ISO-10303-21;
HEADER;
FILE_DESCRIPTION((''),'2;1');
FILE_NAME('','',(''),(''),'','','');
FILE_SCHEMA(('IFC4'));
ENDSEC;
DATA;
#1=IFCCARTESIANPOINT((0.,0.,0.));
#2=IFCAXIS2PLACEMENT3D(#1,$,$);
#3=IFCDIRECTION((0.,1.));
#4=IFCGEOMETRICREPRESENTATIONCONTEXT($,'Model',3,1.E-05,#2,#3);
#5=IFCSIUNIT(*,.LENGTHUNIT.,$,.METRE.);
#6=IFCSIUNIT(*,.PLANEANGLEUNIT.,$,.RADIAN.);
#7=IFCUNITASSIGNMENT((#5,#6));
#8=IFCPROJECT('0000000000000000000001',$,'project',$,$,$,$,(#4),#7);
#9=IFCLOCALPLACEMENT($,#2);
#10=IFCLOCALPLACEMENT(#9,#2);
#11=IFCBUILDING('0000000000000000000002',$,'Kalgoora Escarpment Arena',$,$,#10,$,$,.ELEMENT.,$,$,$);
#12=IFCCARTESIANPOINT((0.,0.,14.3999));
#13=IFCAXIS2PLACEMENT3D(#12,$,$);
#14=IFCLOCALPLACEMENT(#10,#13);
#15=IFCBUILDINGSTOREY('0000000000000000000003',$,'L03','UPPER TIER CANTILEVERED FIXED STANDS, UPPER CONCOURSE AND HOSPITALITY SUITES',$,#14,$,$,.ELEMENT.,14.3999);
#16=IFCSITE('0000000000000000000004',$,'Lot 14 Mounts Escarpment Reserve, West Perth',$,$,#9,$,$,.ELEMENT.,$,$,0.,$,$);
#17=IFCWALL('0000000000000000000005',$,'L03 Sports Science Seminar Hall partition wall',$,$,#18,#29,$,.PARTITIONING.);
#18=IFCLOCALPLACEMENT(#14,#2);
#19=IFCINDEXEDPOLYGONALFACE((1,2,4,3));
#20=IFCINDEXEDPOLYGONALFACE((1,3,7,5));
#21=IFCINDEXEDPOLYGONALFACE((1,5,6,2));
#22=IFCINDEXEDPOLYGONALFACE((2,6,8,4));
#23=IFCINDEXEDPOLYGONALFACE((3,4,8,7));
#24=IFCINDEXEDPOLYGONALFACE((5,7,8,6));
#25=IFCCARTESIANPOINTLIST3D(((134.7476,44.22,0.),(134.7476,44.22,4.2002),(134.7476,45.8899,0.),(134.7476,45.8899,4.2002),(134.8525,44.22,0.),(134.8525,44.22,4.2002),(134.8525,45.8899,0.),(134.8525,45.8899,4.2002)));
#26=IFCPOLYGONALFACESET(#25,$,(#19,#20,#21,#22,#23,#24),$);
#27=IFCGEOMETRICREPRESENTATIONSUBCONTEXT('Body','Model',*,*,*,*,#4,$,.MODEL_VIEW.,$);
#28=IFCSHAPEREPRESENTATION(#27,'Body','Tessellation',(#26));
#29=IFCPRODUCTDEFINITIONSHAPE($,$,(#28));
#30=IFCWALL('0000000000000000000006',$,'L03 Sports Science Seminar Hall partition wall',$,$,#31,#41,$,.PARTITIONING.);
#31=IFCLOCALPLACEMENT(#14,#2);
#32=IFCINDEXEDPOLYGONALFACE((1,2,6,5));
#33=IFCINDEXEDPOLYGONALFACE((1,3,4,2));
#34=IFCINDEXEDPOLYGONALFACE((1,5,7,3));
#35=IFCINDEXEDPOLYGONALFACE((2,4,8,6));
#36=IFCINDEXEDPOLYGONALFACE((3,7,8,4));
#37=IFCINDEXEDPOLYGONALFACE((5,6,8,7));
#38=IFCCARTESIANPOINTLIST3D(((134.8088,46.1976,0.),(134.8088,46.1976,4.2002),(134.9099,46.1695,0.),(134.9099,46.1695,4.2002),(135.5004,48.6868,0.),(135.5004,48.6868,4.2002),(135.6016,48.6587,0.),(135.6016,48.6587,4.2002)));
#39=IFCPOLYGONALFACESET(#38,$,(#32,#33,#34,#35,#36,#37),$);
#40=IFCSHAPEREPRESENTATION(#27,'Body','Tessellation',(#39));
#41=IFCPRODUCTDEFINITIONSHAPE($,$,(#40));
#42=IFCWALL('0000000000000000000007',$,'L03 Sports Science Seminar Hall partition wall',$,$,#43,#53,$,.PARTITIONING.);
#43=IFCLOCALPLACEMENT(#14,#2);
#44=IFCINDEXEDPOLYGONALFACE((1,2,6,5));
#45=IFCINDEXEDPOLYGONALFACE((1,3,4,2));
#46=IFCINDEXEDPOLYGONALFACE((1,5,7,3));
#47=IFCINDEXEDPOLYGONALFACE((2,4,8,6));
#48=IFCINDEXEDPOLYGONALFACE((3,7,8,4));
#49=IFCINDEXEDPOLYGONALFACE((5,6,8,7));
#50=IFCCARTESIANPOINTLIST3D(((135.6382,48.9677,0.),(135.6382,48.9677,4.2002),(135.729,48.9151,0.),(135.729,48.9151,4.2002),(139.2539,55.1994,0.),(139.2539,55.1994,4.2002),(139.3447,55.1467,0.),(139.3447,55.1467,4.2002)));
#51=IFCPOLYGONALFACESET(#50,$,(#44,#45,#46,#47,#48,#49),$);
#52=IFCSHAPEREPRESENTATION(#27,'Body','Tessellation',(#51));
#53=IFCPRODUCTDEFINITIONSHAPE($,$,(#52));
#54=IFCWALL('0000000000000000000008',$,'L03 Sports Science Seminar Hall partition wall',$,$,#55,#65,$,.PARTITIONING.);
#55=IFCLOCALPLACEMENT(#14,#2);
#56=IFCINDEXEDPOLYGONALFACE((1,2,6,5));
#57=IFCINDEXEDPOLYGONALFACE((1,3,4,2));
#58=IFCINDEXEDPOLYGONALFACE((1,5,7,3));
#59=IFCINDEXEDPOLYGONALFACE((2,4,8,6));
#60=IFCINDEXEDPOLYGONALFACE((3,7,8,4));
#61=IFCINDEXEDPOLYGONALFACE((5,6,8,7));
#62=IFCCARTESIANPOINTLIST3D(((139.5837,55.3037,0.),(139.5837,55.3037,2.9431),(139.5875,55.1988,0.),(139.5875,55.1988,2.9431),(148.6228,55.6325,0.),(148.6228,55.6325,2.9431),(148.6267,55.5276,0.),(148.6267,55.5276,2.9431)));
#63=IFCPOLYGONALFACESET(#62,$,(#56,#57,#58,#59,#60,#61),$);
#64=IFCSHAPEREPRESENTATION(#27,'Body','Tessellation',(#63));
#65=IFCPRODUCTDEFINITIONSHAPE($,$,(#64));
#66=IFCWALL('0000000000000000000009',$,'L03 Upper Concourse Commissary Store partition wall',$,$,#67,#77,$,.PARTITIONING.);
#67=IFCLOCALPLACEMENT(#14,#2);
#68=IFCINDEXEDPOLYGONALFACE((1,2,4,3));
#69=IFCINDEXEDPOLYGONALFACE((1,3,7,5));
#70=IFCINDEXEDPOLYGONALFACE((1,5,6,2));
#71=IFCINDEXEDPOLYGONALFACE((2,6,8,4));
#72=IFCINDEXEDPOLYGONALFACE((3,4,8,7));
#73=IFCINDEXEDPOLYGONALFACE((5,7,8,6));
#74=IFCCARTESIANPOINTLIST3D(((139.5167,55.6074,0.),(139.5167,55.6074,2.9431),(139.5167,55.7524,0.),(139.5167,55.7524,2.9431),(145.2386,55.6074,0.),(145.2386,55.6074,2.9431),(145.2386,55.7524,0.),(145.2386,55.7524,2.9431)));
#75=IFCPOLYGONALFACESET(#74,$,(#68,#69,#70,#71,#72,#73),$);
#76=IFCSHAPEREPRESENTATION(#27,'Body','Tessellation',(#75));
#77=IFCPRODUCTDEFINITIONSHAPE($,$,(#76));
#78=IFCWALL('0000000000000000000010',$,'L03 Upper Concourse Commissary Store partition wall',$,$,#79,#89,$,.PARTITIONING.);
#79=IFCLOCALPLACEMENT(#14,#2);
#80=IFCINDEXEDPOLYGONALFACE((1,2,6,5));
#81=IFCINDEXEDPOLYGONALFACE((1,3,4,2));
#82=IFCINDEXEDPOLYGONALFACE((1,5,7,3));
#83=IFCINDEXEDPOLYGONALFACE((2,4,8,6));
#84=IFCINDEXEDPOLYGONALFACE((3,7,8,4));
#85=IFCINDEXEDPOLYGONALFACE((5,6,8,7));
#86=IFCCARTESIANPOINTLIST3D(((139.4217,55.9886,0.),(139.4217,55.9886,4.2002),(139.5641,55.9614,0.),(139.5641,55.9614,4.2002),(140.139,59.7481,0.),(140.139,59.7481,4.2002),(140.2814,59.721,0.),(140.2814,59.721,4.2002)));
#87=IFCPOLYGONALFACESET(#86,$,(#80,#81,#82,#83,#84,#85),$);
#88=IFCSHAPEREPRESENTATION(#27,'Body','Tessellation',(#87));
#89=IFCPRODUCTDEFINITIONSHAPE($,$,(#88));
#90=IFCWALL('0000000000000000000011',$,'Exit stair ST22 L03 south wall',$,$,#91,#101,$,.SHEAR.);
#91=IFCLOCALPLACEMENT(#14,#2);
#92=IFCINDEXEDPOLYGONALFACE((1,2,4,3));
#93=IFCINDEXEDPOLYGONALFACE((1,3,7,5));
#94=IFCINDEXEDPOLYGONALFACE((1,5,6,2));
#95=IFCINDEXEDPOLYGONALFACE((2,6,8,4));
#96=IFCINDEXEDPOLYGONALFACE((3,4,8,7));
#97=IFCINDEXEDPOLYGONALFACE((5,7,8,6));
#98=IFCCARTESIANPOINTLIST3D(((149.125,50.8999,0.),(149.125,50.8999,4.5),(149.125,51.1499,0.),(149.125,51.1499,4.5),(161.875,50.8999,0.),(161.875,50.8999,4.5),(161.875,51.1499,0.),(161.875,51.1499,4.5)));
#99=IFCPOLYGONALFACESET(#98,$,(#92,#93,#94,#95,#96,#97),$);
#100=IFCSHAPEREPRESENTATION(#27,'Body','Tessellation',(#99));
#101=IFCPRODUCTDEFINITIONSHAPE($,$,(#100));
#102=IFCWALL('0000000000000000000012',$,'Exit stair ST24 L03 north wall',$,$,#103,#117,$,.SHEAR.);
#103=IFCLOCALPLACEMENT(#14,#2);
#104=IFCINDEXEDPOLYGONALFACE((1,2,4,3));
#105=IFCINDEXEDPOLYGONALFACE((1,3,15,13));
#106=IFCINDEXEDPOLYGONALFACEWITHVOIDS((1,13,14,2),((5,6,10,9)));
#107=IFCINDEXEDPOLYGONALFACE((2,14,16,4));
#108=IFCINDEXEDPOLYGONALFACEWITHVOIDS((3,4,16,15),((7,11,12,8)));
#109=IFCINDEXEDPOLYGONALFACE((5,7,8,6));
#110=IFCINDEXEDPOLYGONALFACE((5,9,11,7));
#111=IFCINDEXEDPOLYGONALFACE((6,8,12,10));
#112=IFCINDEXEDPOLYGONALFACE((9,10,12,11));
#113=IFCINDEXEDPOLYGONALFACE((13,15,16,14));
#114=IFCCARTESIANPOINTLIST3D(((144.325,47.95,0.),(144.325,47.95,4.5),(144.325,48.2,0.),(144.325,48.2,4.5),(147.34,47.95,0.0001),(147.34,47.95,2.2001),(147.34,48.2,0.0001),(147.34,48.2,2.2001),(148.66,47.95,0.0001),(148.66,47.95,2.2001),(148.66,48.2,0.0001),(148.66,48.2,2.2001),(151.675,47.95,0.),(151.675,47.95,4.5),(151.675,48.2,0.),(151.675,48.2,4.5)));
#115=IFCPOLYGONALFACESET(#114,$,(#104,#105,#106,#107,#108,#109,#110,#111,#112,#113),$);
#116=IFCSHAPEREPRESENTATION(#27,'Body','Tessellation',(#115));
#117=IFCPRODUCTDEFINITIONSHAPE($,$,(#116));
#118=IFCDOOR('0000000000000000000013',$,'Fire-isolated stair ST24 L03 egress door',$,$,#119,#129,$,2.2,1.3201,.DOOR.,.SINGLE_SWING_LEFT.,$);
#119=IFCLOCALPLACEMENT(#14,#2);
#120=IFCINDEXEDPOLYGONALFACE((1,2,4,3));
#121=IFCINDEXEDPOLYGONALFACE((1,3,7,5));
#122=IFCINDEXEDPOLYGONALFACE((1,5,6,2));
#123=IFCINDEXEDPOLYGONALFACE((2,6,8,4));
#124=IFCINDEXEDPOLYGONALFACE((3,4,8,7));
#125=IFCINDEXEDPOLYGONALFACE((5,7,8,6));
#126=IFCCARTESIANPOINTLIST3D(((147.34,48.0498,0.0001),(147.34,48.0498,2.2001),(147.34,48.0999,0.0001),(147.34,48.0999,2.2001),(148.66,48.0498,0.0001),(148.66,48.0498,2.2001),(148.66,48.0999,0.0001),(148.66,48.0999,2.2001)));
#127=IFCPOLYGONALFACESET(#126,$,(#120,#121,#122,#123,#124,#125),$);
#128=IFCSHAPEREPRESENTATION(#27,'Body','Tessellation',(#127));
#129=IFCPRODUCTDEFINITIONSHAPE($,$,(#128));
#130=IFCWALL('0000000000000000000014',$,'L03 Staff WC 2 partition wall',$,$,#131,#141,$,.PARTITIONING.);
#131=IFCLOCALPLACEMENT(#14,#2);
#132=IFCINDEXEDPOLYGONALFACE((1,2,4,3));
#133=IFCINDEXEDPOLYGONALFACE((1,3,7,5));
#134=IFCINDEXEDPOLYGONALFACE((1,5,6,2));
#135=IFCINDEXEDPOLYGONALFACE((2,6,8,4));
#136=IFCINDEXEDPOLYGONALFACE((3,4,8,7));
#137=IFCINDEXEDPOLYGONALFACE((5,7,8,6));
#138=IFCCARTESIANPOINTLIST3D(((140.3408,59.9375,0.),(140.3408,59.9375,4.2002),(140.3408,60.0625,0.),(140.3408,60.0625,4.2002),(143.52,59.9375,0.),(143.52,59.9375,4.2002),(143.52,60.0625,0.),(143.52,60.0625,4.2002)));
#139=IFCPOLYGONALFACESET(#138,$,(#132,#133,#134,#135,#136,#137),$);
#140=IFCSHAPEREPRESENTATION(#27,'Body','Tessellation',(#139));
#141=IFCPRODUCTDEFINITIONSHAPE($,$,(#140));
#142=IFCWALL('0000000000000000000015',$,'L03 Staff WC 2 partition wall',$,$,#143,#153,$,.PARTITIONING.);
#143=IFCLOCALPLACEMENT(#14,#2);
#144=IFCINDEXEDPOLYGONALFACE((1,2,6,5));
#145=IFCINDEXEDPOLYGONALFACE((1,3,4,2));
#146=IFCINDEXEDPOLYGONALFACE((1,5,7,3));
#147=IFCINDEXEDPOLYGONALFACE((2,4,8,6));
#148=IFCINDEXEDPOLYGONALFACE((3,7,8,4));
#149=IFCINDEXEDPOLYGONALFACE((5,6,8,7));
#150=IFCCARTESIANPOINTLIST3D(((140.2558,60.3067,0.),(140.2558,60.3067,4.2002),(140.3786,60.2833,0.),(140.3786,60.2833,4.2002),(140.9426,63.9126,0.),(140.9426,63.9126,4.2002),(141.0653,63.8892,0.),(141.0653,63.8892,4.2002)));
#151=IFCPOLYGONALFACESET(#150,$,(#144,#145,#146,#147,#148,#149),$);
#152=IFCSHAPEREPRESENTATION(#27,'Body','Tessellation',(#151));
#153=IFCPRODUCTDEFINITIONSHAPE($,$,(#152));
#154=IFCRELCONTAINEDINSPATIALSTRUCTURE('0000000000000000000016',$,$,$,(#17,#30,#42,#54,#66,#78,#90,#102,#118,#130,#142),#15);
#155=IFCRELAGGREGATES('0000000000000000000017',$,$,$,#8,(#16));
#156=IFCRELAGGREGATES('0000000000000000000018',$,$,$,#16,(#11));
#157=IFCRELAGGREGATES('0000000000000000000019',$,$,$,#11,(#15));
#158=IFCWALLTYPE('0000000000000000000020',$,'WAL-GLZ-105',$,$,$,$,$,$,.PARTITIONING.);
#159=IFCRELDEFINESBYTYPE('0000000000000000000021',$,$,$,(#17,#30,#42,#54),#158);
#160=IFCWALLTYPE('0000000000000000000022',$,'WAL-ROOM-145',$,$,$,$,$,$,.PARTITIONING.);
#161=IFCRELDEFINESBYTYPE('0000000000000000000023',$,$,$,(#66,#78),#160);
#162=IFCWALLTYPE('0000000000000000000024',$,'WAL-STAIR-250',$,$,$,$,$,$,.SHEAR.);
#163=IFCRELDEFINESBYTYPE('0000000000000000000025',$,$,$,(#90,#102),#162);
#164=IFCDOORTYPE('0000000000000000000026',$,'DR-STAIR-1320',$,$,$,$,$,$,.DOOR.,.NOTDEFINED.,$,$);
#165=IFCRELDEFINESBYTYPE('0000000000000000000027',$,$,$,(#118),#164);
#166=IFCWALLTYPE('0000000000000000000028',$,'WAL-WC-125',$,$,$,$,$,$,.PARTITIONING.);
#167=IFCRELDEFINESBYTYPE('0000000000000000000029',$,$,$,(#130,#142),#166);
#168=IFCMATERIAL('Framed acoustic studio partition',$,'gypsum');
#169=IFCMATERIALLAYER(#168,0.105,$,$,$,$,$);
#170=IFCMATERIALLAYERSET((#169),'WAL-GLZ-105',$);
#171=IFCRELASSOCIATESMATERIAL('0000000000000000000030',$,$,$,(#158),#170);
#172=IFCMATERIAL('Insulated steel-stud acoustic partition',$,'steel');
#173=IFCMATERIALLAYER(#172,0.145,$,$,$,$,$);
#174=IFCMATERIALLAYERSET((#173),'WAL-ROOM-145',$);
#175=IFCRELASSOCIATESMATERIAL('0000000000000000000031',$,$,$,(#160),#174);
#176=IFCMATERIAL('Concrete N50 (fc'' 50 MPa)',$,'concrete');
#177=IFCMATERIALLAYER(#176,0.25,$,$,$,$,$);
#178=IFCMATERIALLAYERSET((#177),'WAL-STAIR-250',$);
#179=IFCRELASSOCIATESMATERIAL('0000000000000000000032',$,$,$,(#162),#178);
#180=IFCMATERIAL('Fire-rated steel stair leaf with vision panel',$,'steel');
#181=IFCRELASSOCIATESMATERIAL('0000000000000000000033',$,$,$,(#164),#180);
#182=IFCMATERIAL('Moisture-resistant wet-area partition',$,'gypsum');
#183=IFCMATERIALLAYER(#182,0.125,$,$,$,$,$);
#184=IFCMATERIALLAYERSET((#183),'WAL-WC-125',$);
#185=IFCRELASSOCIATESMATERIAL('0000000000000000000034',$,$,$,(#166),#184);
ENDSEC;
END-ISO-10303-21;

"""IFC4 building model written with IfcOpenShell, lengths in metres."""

from ifc_helpers import new_model, si_unit, direction, frame, frame_2d, origin, place, context, subcontext, project, spatial, rectangle, extrude, material, layer, layer_set, type_object, element, fill, save


model = new_model("IFC4")

# Units and contexts
model_context = context("Model", 3, precision=1e-05, world=origin(), true_north=direction((0.0, 1.0)))
body_context = subcontext(model_context, "Body", "Model", "MODEL_VIEW")
ifc_project = project(units=[si_unit("LENGTHUNIT", "METRE"), si_unit("PLANEANGLEUNIT", "RADIAN")], contexts=[model_context])

# Site, building, storey
site_placement = place(None, origin())
site = spatial("IfcSite", under=ifc_project, at=site_placement, Name="Lot 14 Mounts Escarpment Reserve, West Perth", CompositionType="ELEMENT", RefElevation=0.0)
building_placement = place(site_placement, origin())
building = spatial("IfcBuilding", under=site, at=building_placement, Name="Kalgoora Escarpment Arena", CompositionType="ELEMENT")
storey_placement = place(building_placement, frame((0.0, 0.0, 14.3999)))
storey = spatial("IfcBuildingStorey", under=building, at=storey_placement, Name="L03", Description="UPPER TIER CANTILEVERED FIXED STANDS, UPPER CONCOURSE AND HOSPITALITY SUITES", CompositionType="ELEMENT", Elevation=14.3999)

# Walls
ifc_material_1 = material(Name="Framed acoustic studio partition", Category="gypsum")
ifc_layer_1 = layer(ifc_material_1, 0.105)
ifc_layer_set_1 = layer_set([ifc_layer_1], Name="WAL-GLZ-105")
wall_type_1 = type_object("IfcWallType", Name="WAL-GLZ-105", PredefinedType="PARTITIONING", material=ifc_layer_set_1)
wall_1_placement = place(storey_placement, frame((134.8, 44.22, 0.0), z_axis=(0.0, 0.0, 1.0), x_axis=(0.0, 1.0, 0.0)))
element("IfcWall", 1, at=wall_1_placement, inside=storey, type_object=wall_type_1, Name="L03 Sports Science Seminar Hall partition wall", PredefinedType="PARTITIONING", context=body_context, shape_type="SweptSolid", body=[
    extrude(rectangle(XDim=1.6699, YDim=0.105, at=frame_2d((0.835, 0.0))), origin(), (0.0, 0.0, 1.0), 4.2002),
])
wall_2_placement = place(storey_placement, frame((134.8594, 46.1836, 0.0), z_axis=(0.0, 0.0, 1.0), x_axis=(0.267712, 0.963499, 0.0)))
element("IfcWall", 2, at=wall_2_placement, inside=storey, type_object=wall_type_1, Name="L03 Sports Science Seminar Hall partition wall", PredefinedType="PARTITIONING", context=body_context, shape_type="SweptSolid", body=[
    extrude(rectangle(XDim=2.5835, YDim=0.105, at=frame_2d((1.2917, 0.0))), origin(), (0.0, 0.0, 1.0), 4.2002),
])
wall_3_placement = place(storey_placement, frame((135.6836, 48.9414, 0.0), z_axis=(0.0, 0.0, 1.0), x_axis=(0.501858, 0.86495, 0.0)))
element("IfcWall", 3, at=wall_3_placement, inside=storey, type_object=wall_type_1, Name="L03 Sports Science Seminar Hall partition wall", PredefinedType="PARTITIONING", context=body_context, shape_type="SweptSolid", body=[
    extrude(rectangle(XDim=7.2046, YDim=0.105, at=frame_2d((3.6023, 0.0))), origin(), (0.0, 0.0, 1.0), 4.2002),
])
wall_4_placement = place(storey_placement, frame((139.5857, 55.2512, 0.0), z_axis=(0.0, 0.0, 1.0), x_axis=(0.999339, 0.036357, 0.0)))
element("IfcWall", 4, at=wall_4_placement, inside=storey, type_object=wall_type_1, Name="L03 Sports Science Seminar Hall partition wall", PredefinedType="PARTITIONING", context=body_context, shape_type="SweptSolid", body=[
    extrude(rectangle(XDim=9.0452, YDim=0.105, at=frame_2d((4.5225, 0.0))), origin(), (0.0, 0.0, 1.0), 2.9431),
])
ifc_material_2 = material(Name="Insulated steel-stud acoustic partition", Category="steel")
ifc_layer_2 = layer(ifc_material_2, 0.145)
ifc_layer_set_2 = layer_set([ifc_layer_2], Name="WAL-ROOM-145")
wall_type_2 = type_object("IfcWallType", Name="WAL-ROOM-145", PredefinedType="PARTITIONING", material=ifc_layer_set_2)
wall_5_placement = place(storey_placement, frame((145.2385, 55.6799, 0.0), z_axis=(0.0, 0.0, 1.0), x_axis=(-1.0, 0.0, 0.0)))
element("IfcWall", 5, at=wall_5_placement, inside=storey, type_object=wall_type_2, Name="L03 Upper Concourse Commissary Store partition wall", PredefinedType="PARTITIONING", context=body_context, shape_type="SweptSolid", body=[
    extrude(rectangle(XDim=5.7219, YDim=0.145, at=frame_2d((2.8608, 0.0))), origin(), (0.0, 0.0, 1.0), 2.9431),
])
wall_6_placement = place(storey_placement, frame((139.4929, 55.9751, 0.0), z_axis=(0.0, 0.0, 1.0), x_axis=(0.187411, 0.982282, 0.0)))
element("IfcWall", 6, at=wall_6_placement, inside=storey, type_object=wall_type_2, Name="L03 Upper Concourse Commissary Store partition wall", PredefinedType="PARTITIONING", context=body_context, shape_type="SweptSolid", body=[
    extrude(rectangle(XDim=3.8274, YDim=0.145, at=frame_2d((1.9136, 0.0))), origin(), (0.0, 0.0, 1.0), 4.2002),
])
ifc_material_3 = material(Name="Concrete N50 (fc' 50 MPa)", Category="concrete")
ifc_layer_3 = layer(ifc_material_3, 0.25)
ifc_layer_set_3 = layer_set([ifc_layer_3], Name="WAL-STAIR-250")
wall_type_3 = type_object("IfcWallType", Name="WAL-STAIR-250", PredefinedType="SHEAR", material=ifc_layer_set_3)
wall_7_placement = place(storey_placement, frame((149.125, 51.0249, 0.0), z_axis=(0.0, 0.0, 1.0), x_axis=(1.0, 0.0, 0.0)))
element("IfcWall", 7, at=wall_7_placement, inside=storey, type_object=wall_type_3, Name="Exit stair ST22 L03 south wall", PredefinedType="SHEAR", context=body_context, shape_type="SweptSolid", body=[
    extrude(rectangle(XDim=12.75, YDim=0.25, at=frame_2d((6.375, 0.0))), origin(), (0.0, 0.0, 1.0), 4.5),
])

# Wall, opening, door
wall_8_placement = place(storey_placement, frame((144.325, 48.075, 0.0), z_axis=(0.0, 0.0, 1.0), x_axis=(1.0, 0.0, 0.0)))
wall_8 = element("IfcWall", 8, at=wall_8_placement, inside=storey, type_object=wall_type_3, Name="Exit stair ST24 L03 north wall", PredefinedType="SHEAR", context=body_context, shape_type="SweptSolid", body=[
    extrude(rectangle(XDim=7.3501, YDim=0.25, at=frame_2d((3.675, 0.0))), origin(), (0.0, 0.0, 1.0), 4.5),
])
opening_placement = place(wall_8_placement, frame((3.0149, 0.0, 0.0)))
opening = element("IfcOpeningElement", 9, at=opening_placement, cuts=wall_8, PredefinedType="OPENING", context=body_context, shape_type="SweptSolid", body=[
    extrude(rectangle(XDim=1.3201, YDim=2.2, at=frame_2d((0.6602, 1.1001))), frame((0.0, 0.135, 0.0), z_axis=(0.0, -1.0, 0.0), x_axis=(1.0, 0.0, 0.0)), (0.0, 0.0, 1.0), 0.27),
])
ifc_material_4 = material(Name="Fire-rated steel stair leaf with vision panel", Category="steel")
door_type = type_object("IfcDoorType", Name="DR-STAIR-1320", OperationType="NOTDEFINED", PredefinedType="DOOR", material=ifc_material_4)
door_placement = place(opening_placement, origin())
door = element("IfcDoor", 10, at=door_placement, inside=storey, type_object=door_type, Name="Fire-isolated stair ST24 L03 egress door", OperationType="SINGLE_SWING_LEFT", OverallHeight=2.2, OverallWidth=1.3201, PredefinedType="DOOR", context=body_context, shape_type="SweptSolid", body=[
    extrude(rectangle(XDim=1.3201, YDim=2.2, at=frame_2d((0.6602, 1.1001))), frame((0.0, 0.0249, 0.0), z_axis=(0.0, -1.0, 0.0), x_axis=(1.0, 0.0, 0.0)), (0.0, 0.0, 1.0), 0.05),
])
fill(opening, door)

# Walls
ifc_material_5 = material(Name="Moisture-resistant wet-area partition", Category="gypsum")
ifc_layer_4 = layer(ifc_material_5, 0.125)
ifc_layer_set_4 = layer_set([ifc_layer_4], Name="WAL-WC-125")
wall_type_4 = type_object("IfcWallType", Name="WAL-WC-125", PredefinedType="PARTITIONING", material=ifc_layer_set_4)
wall_9_placement = place(storey_placement, frame((143.52, 60.0, 0.0), z_axis=(0.0, 0.0, 1.0), x_axis=(-1.0, 0.0, 0.0)))
element("IfcWall", 11, at=wall_9_placement, inside=storey, type_object=wall_type_4, Name="L03 Staff WC 2 partition wall", PredefinedType="PARTITIONING", context=body_context, shape_type="SweptSolid", body=[
    extrude(rectangle(XDim=3.1792, YDim=0.125, at=frame_2d((1.5896, 0.0))), origin(), (0.0, 0.0, 1.0), 4.2002),
])
wall_10_placement = place(storey_placement, frame((140.3171, 60.2949, 0.0), z_axis=(0.0, 0.0, 1.0), x_axis=(0.187103, 0.98234, 0.0)))
element("IfcWall", 12, at=wall_10_placement, inside=storey, type_object=wall_type_4, Name="L03 Staff WC 2 partition wall", PredefinedType="PARTITIONING", context=body_context, shape_type="SweptSolid", body=[
    extrude(rectangle(XDim=3.6707, YDim=0.125, at=frame_2d((1.8354, 0.0))), origin(), (0.0, 0.0, 1.0), 4.2002),
])

save(model, "model.ifc")
